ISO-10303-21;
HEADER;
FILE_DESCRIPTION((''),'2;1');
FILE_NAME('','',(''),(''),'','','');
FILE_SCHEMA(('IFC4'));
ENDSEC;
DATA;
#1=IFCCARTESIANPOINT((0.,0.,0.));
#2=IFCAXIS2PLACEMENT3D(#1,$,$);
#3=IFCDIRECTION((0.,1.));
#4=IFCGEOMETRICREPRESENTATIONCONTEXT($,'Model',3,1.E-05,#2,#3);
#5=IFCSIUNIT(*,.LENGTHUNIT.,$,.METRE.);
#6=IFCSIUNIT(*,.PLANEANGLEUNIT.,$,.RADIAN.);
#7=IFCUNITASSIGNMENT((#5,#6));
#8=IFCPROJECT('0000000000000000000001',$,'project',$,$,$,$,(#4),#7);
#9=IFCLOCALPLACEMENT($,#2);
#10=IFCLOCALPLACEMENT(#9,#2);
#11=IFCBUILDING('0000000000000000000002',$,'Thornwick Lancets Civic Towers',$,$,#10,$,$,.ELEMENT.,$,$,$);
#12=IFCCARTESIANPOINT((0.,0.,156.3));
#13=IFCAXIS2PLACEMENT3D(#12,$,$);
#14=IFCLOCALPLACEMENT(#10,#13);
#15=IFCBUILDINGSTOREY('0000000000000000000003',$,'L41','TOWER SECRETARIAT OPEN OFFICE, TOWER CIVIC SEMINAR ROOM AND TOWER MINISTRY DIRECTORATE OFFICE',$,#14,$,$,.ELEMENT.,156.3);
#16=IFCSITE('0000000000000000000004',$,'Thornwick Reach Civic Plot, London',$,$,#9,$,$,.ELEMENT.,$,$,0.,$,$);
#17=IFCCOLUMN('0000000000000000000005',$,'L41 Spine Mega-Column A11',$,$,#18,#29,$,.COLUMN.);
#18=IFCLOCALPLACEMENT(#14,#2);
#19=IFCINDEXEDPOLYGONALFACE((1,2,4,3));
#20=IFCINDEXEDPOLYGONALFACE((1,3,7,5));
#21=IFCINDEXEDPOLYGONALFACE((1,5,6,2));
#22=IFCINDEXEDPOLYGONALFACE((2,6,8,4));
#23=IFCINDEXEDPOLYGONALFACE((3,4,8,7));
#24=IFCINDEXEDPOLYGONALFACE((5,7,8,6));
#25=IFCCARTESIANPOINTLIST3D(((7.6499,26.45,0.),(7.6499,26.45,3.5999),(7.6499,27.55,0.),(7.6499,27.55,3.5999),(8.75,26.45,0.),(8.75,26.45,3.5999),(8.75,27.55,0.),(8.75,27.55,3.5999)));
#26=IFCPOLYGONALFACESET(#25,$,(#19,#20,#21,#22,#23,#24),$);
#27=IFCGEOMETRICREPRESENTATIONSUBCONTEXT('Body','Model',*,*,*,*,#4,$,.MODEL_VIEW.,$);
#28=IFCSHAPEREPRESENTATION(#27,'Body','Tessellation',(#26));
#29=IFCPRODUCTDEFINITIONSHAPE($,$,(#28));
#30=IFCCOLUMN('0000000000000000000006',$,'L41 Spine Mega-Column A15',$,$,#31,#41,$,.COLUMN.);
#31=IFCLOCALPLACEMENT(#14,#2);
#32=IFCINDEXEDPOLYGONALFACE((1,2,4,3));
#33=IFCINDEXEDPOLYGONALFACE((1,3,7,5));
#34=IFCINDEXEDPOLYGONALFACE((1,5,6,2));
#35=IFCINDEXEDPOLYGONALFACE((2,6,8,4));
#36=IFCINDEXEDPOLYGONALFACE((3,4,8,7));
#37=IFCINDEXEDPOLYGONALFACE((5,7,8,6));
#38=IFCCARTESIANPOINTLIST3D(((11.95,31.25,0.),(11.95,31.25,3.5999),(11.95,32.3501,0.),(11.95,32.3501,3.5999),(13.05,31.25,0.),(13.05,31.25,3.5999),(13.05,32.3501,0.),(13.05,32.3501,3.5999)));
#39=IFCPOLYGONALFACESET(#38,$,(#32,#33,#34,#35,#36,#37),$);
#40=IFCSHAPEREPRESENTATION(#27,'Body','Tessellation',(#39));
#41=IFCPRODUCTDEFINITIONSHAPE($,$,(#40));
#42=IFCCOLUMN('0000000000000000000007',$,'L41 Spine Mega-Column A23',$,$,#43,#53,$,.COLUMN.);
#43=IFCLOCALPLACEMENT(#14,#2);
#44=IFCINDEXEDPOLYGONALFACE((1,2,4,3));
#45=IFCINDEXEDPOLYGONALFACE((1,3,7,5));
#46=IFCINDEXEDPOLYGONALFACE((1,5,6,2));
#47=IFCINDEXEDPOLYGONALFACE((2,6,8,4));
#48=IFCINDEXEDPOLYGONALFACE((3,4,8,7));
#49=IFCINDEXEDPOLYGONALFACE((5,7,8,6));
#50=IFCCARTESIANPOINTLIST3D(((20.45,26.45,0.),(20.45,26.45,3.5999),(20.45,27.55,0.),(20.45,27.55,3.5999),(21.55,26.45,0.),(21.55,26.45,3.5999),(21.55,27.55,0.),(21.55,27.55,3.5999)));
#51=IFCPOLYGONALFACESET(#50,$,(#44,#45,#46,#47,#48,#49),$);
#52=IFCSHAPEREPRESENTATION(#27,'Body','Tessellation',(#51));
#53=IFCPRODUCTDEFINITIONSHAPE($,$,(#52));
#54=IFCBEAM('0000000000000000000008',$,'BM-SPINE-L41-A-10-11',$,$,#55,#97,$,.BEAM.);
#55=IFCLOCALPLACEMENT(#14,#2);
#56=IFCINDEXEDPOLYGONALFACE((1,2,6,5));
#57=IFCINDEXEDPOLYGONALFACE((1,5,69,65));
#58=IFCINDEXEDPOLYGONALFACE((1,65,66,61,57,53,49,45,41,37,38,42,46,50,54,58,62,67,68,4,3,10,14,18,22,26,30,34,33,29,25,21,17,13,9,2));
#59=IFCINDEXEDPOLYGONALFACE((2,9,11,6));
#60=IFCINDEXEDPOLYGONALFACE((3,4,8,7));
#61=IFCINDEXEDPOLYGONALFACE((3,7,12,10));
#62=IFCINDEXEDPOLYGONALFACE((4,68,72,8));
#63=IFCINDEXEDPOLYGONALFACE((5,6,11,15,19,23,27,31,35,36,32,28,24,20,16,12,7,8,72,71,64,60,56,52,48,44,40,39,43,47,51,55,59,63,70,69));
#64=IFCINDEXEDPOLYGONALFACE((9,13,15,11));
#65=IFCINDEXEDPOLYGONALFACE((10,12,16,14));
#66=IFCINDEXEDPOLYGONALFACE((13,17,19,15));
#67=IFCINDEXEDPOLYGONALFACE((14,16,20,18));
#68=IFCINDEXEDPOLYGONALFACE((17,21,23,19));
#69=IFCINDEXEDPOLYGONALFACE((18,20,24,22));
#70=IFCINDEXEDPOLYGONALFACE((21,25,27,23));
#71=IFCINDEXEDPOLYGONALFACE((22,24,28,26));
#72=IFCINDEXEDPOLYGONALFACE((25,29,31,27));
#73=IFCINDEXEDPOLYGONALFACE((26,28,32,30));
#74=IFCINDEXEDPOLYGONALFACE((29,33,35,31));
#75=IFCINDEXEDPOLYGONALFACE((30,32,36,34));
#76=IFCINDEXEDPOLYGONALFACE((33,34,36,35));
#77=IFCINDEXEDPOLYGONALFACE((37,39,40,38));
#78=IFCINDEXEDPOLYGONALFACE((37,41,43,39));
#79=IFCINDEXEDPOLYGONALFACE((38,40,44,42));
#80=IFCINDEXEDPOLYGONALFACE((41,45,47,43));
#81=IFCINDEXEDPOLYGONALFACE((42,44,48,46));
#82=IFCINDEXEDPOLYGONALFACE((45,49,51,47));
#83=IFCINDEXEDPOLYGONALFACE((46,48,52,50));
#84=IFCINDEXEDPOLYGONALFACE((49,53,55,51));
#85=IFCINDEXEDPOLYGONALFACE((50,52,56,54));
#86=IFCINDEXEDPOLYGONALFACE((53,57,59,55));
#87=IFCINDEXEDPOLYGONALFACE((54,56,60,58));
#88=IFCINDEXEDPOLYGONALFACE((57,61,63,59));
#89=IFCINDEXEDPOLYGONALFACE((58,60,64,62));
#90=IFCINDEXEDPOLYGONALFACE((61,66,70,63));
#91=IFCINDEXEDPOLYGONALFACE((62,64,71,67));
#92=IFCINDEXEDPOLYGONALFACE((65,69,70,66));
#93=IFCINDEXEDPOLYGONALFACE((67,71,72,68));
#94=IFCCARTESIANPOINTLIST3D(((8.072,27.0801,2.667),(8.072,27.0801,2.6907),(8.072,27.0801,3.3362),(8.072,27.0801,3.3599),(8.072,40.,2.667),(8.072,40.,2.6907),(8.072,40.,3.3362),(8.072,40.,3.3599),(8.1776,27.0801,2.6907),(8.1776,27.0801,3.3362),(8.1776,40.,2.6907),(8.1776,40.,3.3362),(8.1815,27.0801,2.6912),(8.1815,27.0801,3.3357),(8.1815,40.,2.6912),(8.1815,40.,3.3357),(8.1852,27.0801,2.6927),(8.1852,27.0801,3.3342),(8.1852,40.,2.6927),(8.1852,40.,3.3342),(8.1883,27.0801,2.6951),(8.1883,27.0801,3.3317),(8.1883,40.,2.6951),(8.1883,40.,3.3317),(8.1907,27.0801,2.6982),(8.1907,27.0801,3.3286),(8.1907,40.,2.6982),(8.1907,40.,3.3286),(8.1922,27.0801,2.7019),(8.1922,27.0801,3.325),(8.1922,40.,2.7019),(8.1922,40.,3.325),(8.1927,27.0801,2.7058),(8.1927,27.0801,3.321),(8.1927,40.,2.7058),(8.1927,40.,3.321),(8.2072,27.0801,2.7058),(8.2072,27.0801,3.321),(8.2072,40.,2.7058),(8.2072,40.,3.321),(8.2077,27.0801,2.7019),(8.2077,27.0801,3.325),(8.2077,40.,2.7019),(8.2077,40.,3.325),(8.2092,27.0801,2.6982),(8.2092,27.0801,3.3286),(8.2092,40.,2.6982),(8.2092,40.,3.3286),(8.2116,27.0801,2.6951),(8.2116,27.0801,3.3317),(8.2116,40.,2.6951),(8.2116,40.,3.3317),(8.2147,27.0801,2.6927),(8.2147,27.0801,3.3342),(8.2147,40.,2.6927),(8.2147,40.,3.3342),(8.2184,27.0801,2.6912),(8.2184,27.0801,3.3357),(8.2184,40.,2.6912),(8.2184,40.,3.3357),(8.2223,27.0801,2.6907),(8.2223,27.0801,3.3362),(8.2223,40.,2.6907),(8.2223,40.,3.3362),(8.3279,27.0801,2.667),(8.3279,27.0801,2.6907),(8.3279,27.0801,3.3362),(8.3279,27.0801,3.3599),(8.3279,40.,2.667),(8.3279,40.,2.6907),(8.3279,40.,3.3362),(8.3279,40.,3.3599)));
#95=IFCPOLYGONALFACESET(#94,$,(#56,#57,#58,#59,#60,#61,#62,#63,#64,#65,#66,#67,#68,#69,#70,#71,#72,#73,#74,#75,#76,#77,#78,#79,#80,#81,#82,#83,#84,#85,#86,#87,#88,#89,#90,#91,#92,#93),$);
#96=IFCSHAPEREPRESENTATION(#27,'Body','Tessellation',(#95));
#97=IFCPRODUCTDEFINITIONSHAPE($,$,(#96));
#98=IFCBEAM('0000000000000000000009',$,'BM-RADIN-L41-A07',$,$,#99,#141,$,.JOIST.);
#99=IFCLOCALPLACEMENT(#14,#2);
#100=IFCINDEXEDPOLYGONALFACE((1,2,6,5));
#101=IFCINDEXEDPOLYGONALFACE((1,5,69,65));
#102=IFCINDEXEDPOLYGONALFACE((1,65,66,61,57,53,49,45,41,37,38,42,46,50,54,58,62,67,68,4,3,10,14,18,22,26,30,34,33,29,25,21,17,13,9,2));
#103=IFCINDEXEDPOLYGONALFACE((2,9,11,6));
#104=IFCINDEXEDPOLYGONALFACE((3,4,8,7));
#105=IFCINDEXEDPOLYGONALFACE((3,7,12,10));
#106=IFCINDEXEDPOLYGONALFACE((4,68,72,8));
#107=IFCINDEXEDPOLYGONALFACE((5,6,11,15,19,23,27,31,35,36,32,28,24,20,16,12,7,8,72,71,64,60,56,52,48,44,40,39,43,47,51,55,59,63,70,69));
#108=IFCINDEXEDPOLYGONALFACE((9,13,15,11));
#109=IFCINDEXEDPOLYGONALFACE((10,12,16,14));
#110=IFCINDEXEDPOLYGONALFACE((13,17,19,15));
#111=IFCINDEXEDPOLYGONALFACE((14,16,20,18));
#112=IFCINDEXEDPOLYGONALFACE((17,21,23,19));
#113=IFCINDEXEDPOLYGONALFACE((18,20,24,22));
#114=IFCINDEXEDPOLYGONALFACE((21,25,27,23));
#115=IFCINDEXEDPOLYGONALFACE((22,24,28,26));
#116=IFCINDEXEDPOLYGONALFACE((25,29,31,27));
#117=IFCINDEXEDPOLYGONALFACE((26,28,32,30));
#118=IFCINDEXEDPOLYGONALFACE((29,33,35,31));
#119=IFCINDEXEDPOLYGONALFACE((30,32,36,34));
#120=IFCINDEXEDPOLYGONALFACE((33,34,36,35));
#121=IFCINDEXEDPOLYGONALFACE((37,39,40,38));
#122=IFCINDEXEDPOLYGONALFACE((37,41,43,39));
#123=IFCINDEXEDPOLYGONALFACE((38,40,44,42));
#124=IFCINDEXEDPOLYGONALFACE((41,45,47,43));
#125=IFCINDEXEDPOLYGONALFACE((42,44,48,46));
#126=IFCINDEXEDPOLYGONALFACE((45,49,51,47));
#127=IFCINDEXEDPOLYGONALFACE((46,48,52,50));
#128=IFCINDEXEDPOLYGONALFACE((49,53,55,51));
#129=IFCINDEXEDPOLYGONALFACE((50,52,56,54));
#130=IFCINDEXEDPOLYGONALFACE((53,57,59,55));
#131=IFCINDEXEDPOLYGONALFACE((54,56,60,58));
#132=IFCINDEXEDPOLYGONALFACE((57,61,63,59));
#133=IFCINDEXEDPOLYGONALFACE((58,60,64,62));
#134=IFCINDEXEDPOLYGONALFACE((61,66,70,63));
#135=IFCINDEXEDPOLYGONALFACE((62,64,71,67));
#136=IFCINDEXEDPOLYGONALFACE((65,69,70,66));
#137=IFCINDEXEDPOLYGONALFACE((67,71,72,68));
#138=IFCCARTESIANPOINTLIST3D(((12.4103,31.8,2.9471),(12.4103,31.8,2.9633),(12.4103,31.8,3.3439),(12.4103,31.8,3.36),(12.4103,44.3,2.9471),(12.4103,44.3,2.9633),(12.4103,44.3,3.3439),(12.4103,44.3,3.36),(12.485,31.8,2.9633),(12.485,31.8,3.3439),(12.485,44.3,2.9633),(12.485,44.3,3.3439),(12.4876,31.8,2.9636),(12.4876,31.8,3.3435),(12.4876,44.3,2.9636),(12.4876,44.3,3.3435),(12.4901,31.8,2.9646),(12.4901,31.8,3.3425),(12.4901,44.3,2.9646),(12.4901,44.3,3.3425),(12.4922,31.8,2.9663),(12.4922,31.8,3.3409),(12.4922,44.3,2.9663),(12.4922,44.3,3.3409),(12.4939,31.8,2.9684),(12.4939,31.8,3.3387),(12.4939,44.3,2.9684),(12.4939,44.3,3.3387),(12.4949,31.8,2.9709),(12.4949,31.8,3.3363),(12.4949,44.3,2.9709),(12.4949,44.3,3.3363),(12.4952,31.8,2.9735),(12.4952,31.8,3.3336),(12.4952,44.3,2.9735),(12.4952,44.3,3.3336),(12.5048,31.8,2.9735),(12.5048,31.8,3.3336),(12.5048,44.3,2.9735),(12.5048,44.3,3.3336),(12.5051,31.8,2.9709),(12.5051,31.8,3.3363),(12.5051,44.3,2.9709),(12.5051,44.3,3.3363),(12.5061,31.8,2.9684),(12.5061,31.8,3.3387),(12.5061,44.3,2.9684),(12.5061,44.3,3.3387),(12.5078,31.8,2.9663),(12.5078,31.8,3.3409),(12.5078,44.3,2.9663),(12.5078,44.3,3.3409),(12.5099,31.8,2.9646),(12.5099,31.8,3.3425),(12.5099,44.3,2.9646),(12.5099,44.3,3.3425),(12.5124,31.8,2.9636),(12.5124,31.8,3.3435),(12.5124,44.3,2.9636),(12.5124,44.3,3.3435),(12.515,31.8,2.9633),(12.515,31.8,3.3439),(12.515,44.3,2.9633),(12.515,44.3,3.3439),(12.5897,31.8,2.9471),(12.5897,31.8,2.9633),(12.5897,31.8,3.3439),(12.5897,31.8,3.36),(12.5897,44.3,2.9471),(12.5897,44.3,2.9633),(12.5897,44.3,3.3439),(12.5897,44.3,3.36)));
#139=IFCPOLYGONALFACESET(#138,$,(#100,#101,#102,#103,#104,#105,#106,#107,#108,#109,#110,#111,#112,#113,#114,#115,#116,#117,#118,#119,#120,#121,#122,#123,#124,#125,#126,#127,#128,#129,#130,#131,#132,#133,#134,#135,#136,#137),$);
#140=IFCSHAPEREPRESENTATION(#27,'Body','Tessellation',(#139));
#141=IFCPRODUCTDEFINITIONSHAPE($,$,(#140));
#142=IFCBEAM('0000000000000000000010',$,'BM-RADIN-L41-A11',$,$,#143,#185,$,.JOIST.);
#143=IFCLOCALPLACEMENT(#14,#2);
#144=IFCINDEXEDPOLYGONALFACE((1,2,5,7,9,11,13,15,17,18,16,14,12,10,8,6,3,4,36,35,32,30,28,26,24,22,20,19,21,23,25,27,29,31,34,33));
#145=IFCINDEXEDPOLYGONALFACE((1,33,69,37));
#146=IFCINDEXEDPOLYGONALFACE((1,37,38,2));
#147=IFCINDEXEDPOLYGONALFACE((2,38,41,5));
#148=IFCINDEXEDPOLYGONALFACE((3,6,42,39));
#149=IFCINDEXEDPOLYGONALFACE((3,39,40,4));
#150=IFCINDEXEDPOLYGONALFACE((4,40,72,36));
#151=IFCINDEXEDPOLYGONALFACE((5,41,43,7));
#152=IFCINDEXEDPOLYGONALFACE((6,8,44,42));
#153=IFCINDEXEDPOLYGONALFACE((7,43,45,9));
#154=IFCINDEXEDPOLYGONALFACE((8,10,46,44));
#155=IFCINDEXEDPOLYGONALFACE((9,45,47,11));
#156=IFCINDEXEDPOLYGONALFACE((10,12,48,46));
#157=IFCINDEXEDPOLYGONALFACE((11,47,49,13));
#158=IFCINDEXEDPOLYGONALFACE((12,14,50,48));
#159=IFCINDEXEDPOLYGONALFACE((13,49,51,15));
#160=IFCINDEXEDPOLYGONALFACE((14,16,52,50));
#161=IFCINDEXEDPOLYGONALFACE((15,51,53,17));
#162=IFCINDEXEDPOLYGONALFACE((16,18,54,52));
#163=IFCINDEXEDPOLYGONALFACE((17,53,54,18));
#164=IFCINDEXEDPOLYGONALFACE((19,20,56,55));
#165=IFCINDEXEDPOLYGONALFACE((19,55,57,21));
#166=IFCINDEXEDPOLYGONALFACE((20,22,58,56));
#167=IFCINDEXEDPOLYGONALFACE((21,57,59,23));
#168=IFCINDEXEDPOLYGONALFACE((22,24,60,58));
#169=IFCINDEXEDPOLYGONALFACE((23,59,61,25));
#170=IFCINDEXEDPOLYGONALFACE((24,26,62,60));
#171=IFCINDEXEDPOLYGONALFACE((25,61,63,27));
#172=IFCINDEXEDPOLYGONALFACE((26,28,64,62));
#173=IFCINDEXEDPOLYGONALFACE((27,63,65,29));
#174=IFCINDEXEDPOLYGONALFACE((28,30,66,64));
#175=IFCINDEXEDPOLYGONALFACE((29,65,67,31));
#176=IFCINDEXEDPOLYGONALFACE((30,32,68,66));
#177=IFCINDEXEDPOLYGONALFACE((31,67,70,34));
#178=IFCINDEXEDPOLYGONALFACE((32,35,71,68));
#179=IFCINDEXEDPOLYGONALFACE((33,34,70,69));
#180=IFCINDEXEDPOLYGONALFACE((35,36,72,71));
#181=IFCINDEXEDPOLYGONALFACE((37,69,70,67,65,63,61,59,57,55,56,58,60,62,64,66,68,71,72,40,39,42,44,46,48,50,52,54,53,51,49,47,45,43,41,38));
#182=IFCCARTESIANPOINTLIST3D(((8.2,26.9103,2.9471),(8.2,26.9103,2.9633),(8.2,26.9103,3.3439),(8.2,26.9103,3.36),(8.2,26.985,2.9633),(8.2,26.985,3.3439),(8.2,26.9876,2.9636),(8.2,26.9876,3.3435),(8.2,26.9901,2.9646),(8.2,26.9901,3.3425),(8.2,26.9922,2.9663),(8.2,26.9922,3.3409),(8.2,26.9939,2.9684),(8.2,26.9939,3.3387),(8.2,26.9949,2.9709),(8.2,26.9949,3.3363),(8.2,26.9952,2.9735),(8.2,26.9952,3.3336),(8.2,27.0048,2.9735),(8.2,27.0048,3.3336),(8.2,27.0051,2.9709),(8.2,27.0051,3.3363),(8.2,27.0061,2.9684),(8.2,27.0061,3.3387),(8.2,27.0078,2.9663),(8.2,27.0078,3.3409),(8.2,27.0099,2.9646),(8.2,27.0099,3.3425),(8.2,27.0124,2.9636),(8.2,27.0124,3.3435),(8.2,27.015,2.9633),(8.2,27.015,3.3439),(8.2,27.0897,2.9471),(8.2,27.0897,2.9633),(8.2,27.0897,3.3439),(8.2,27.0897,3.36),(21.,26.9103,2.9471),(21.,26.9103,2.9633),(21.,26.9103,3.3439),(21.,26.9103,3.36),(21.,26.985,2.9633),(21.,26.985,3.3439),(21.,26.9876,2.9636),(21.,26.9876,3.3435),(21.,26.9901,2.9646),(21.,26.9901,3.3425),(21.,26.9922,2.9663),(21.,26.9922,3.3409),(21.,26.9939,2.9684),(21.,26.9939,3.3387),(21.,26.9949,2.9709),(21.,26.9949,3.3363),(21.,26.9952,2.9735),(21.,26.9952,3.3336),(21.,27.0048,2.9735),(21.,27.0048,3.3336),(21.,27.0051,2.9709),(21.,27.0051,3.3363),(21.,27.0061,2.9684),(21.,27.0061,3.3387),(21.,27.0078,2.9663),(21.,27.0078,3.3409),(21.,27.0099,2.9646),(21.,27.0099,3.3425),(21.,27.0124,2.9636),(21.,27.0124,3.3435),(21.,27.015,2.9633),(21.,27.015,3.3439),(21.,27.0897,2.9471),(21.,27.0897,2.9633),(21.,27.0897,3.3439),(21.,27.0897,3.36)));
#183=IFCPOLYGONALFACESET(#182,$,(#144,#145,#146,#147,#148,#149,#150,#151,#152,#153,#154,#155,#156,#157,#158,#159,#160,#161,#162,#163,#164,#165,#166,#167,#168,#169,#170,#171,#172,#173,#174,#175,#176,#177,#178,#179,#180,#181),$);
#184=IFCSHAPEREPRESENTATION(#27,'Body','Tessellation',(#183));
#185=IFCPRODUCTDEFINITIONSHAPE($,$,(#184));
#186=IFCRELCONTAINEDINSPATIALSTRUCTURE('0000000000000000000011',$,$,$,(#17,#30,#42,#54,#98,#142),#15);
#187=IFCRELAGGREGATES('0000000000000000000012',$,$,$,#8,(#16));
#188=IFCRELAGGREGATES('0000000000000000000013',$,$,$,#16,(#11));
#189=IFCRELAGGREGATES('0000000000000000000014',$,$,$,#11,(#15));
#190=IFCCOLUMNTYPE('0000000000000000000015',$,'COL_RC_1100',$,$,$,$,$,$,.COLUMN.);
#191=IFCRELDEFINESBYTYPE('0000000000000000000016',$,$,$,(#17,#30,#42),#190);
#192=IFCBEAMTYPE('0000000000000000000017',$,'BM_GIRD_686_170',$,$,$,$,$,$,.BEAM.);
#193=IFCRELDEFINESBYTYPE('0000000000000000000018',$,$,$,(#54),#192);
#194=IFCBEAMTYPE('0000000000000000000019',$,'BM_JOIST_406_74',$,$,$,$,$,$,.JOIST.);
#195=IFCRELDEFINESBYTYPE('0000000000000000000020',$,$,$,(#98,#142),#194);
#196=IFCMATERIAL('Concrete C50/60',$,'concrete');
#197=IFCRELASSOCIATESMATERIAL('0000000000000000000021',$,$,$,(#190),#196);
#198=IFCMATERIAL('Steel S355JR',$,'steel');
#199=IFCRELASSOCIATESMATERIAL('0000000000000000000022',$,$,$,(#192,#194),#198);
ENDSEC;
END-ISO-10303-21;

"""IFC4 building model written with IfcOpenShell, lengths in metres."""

from ifc_helpers import new_model, si_unit, direction, frame, origin, origin_2d, place, context, subcontext, project, spatial, rectangle, i_section, extrude, material, material_profile, profile_set, type_object, element, save


model = new_model("IFC4")

# Units and contexts
model_context = context("Model", 3, precision=1e-05, world=origin(), true_north=direction((0.0, 1.0)))
body_context = subcontext(model_context, "Body", "Model", "MODEL_VIEW")
ifc_project = project(units=[si_unit("LENGTHUNIT", "METRE"), si_unit("PLANEANGLEUNIT", "RADIAN")], contexts=[model_context])

# Site, building, storey
site_placement = place(None, origin())
site = spatial("IfcSite", under=ifc_project, at=site_placement, Name="Thornwick Reach Civic Plot, London", CompositionType="ELEMENT", RefElevation=0.0)
building_placement = place(site_placement, origin())
building = spatial("IfcBuilding", under=site, at=building_placement, Name="Thornwick Lancets Civic Towers", CompositionType="ELEMENT")
storey_placement = place(building_placement, frame((0.0, 0.0, 156.3)))
storey = spatial("IfcBuildingStorey", under=building, at=storey_placement, Name="L41", Description="TOWER SECRETARIAT OPEN OFFICE, TOWER CIVIC SEMINAR ROOM AND TOWER MINISTRY DIRECTORATE OFFICE", CompositionType="ELEMENT", Elevation=156.3)

# Columns
ifc_material_1 = material(Name="Concrete C50/60", Category="concrete")
ifc_material_profile_1 = material_profile(ifc_material_1, rectangle(XDim=1.1001, YDim=1.1001, at=origin_2d()), Name="RC 1100x1100")
ifc_profile_set_1 = profile_set([ifc_material_profile_1], Name="Concrete C50/60")
column_type = type_object("IfcColumnType", Name="COL_RC_1100", PredefinedType="COLUMN", material=ifc_profile_set_1)
for number, where, z_axis, x_axis, name in (
    (1, (8.2, 27.0, 0.0), (0.0, 0.0, 1.0), (1.0, 0.0, 0.0), "L41 Spine Mega-Column A11"),
    (2, (12.5, 31.8, 0.0), (0.0, 0.0, 1.0), (1.0, 0.0, 0.0), "L41 Spine Mega-Column A15"),
    (3, (21.0, 27.0, 0.0), (0.0, 0.0, 1.0), (1.0, 0.0, 0.0), "L41 Spine Mega-Column A23"),
):
    element("IfcColumn", number, at=place(storey_placement, frame(where, z_axis=z_axis, x_axis=x_axis)), inside=storey, type_object=column_type, Name=name, PredefinedType="COLUMN", context=body_context, shape_type="SweptSolid", body=[
        extrude(rectangle(XDim=1.1001, YDim=1.1001, at=origin_2d()), origin(), (0.0, 0.0, 1.0), 3.5999),
    ])

# Beams
ifc_material_2 = material(Name="Steel S355JR", Category="steel")
ifc_material_profile_2 = material_profile(ifc_material_2, i_section(OverallWidth=0.2559, OverallDepth=0.6929, WebThickness=0.0144, FlangeThickness=0.0237, FilletRadius=0.0151, at=origin_2d()), Name="UKB 686x254x170")
ifc_profile_set_2 = profile_set([ifc_material_profile_2], Name="Steel S355JR")
beam_type_1 = type_object("IfcBeamType", Name="BM_GIRD_686_170", PredefinedType="BEAM", material=ifc_profile_set_2)
beam_1_placement = place(storey_placement, frame((8.2, 27.0801, 3.0134), z_axis=(0.0, 1.0, 0.0), x_axis=(-1.0, 0.0, 0.0)))
element("IfcBeam", 4, at=beam_1_placement, inside=storey, type_object=beam_type_1, Name="BM-SPINE-L41-A-10-11", PredefinedType="BEAM", context=body_context, shape_type="SweptSolid", body=[
    extrude(i_section(OverallWidth=0.2559, OverallDepth=0.6929, WebThickness=0.0144, FlangeThickness=0.0237, FilletRadius=0.0151, at=origin_2d()), origin(), (0.0, 0.0, 1.0), 12.9199),
])
ifc_material_profile_3 = material_profile(ifc_material_2, i_section(OverallWidth=0.1794, OverallDepth=0.4128, WebThickness=0.0095, FlangeThickness=0.0161, FilletRadius=0.0103, at=origin_2d()), Name="UKB 406x178x74")
ifc_profile_set_3 = profile_set([ifc_material_profile_3], Name="Steel S355JR")
beam_type_2 = type_object("IfcBeamType", Name="BM_JOIST_406_74", PredefinedType="JOIST", material=ifc_profile_set_3)
beam_2_placement = place(storey_placement, frame((12.5, 31.8, 3.1536), z_axis=(0.0, 1.0, 0.0), x_axis=(-1.0, 0.0, 0.0)))
element("IfcBeam", 5, at=beam_2_placement, inside=storey, type_object=beam_type_2, Name="BM-RADIN-L41-A07", PredefinedType="JOIST", context=body_context, shape_type="SweptSolid", body=[
    extrude(i_section(OverallWidth=0.1794, OverallDepth=0.4128, WebThickness=0.0095, FlangeThickness=0.0161, FilletRadius=0.0103, at=origin_2d()), origin(), (0.0, 0.0, 1.0), 12.5),
])
beam_3_placement = place(storey_placement, frame((21.0, 27.0, 3.1536), z_axis=(-1.0, 0.0, 0.0), x_axis=(0.0, -1.0, 0.0)))
element("IfcBeam", 6, at=beam_3_placement, inside=storey, type_object=beam_type_2, Name="BM-RADIN-L41-A11", PredefinedType="JOIST", context=body_context, shape_type="SweptSolid", body=[
    extrude(i_section(OverallWidth=0.1794, OverallDepth=0.4128, WebThickness=0.0095, FlangeThickness=0.0161, FilletRadius=0.0103, at=origin_2d()), origin(), (0.0, 0.0, 1.0), 12.8),
])

save(model, "model.ifc")
